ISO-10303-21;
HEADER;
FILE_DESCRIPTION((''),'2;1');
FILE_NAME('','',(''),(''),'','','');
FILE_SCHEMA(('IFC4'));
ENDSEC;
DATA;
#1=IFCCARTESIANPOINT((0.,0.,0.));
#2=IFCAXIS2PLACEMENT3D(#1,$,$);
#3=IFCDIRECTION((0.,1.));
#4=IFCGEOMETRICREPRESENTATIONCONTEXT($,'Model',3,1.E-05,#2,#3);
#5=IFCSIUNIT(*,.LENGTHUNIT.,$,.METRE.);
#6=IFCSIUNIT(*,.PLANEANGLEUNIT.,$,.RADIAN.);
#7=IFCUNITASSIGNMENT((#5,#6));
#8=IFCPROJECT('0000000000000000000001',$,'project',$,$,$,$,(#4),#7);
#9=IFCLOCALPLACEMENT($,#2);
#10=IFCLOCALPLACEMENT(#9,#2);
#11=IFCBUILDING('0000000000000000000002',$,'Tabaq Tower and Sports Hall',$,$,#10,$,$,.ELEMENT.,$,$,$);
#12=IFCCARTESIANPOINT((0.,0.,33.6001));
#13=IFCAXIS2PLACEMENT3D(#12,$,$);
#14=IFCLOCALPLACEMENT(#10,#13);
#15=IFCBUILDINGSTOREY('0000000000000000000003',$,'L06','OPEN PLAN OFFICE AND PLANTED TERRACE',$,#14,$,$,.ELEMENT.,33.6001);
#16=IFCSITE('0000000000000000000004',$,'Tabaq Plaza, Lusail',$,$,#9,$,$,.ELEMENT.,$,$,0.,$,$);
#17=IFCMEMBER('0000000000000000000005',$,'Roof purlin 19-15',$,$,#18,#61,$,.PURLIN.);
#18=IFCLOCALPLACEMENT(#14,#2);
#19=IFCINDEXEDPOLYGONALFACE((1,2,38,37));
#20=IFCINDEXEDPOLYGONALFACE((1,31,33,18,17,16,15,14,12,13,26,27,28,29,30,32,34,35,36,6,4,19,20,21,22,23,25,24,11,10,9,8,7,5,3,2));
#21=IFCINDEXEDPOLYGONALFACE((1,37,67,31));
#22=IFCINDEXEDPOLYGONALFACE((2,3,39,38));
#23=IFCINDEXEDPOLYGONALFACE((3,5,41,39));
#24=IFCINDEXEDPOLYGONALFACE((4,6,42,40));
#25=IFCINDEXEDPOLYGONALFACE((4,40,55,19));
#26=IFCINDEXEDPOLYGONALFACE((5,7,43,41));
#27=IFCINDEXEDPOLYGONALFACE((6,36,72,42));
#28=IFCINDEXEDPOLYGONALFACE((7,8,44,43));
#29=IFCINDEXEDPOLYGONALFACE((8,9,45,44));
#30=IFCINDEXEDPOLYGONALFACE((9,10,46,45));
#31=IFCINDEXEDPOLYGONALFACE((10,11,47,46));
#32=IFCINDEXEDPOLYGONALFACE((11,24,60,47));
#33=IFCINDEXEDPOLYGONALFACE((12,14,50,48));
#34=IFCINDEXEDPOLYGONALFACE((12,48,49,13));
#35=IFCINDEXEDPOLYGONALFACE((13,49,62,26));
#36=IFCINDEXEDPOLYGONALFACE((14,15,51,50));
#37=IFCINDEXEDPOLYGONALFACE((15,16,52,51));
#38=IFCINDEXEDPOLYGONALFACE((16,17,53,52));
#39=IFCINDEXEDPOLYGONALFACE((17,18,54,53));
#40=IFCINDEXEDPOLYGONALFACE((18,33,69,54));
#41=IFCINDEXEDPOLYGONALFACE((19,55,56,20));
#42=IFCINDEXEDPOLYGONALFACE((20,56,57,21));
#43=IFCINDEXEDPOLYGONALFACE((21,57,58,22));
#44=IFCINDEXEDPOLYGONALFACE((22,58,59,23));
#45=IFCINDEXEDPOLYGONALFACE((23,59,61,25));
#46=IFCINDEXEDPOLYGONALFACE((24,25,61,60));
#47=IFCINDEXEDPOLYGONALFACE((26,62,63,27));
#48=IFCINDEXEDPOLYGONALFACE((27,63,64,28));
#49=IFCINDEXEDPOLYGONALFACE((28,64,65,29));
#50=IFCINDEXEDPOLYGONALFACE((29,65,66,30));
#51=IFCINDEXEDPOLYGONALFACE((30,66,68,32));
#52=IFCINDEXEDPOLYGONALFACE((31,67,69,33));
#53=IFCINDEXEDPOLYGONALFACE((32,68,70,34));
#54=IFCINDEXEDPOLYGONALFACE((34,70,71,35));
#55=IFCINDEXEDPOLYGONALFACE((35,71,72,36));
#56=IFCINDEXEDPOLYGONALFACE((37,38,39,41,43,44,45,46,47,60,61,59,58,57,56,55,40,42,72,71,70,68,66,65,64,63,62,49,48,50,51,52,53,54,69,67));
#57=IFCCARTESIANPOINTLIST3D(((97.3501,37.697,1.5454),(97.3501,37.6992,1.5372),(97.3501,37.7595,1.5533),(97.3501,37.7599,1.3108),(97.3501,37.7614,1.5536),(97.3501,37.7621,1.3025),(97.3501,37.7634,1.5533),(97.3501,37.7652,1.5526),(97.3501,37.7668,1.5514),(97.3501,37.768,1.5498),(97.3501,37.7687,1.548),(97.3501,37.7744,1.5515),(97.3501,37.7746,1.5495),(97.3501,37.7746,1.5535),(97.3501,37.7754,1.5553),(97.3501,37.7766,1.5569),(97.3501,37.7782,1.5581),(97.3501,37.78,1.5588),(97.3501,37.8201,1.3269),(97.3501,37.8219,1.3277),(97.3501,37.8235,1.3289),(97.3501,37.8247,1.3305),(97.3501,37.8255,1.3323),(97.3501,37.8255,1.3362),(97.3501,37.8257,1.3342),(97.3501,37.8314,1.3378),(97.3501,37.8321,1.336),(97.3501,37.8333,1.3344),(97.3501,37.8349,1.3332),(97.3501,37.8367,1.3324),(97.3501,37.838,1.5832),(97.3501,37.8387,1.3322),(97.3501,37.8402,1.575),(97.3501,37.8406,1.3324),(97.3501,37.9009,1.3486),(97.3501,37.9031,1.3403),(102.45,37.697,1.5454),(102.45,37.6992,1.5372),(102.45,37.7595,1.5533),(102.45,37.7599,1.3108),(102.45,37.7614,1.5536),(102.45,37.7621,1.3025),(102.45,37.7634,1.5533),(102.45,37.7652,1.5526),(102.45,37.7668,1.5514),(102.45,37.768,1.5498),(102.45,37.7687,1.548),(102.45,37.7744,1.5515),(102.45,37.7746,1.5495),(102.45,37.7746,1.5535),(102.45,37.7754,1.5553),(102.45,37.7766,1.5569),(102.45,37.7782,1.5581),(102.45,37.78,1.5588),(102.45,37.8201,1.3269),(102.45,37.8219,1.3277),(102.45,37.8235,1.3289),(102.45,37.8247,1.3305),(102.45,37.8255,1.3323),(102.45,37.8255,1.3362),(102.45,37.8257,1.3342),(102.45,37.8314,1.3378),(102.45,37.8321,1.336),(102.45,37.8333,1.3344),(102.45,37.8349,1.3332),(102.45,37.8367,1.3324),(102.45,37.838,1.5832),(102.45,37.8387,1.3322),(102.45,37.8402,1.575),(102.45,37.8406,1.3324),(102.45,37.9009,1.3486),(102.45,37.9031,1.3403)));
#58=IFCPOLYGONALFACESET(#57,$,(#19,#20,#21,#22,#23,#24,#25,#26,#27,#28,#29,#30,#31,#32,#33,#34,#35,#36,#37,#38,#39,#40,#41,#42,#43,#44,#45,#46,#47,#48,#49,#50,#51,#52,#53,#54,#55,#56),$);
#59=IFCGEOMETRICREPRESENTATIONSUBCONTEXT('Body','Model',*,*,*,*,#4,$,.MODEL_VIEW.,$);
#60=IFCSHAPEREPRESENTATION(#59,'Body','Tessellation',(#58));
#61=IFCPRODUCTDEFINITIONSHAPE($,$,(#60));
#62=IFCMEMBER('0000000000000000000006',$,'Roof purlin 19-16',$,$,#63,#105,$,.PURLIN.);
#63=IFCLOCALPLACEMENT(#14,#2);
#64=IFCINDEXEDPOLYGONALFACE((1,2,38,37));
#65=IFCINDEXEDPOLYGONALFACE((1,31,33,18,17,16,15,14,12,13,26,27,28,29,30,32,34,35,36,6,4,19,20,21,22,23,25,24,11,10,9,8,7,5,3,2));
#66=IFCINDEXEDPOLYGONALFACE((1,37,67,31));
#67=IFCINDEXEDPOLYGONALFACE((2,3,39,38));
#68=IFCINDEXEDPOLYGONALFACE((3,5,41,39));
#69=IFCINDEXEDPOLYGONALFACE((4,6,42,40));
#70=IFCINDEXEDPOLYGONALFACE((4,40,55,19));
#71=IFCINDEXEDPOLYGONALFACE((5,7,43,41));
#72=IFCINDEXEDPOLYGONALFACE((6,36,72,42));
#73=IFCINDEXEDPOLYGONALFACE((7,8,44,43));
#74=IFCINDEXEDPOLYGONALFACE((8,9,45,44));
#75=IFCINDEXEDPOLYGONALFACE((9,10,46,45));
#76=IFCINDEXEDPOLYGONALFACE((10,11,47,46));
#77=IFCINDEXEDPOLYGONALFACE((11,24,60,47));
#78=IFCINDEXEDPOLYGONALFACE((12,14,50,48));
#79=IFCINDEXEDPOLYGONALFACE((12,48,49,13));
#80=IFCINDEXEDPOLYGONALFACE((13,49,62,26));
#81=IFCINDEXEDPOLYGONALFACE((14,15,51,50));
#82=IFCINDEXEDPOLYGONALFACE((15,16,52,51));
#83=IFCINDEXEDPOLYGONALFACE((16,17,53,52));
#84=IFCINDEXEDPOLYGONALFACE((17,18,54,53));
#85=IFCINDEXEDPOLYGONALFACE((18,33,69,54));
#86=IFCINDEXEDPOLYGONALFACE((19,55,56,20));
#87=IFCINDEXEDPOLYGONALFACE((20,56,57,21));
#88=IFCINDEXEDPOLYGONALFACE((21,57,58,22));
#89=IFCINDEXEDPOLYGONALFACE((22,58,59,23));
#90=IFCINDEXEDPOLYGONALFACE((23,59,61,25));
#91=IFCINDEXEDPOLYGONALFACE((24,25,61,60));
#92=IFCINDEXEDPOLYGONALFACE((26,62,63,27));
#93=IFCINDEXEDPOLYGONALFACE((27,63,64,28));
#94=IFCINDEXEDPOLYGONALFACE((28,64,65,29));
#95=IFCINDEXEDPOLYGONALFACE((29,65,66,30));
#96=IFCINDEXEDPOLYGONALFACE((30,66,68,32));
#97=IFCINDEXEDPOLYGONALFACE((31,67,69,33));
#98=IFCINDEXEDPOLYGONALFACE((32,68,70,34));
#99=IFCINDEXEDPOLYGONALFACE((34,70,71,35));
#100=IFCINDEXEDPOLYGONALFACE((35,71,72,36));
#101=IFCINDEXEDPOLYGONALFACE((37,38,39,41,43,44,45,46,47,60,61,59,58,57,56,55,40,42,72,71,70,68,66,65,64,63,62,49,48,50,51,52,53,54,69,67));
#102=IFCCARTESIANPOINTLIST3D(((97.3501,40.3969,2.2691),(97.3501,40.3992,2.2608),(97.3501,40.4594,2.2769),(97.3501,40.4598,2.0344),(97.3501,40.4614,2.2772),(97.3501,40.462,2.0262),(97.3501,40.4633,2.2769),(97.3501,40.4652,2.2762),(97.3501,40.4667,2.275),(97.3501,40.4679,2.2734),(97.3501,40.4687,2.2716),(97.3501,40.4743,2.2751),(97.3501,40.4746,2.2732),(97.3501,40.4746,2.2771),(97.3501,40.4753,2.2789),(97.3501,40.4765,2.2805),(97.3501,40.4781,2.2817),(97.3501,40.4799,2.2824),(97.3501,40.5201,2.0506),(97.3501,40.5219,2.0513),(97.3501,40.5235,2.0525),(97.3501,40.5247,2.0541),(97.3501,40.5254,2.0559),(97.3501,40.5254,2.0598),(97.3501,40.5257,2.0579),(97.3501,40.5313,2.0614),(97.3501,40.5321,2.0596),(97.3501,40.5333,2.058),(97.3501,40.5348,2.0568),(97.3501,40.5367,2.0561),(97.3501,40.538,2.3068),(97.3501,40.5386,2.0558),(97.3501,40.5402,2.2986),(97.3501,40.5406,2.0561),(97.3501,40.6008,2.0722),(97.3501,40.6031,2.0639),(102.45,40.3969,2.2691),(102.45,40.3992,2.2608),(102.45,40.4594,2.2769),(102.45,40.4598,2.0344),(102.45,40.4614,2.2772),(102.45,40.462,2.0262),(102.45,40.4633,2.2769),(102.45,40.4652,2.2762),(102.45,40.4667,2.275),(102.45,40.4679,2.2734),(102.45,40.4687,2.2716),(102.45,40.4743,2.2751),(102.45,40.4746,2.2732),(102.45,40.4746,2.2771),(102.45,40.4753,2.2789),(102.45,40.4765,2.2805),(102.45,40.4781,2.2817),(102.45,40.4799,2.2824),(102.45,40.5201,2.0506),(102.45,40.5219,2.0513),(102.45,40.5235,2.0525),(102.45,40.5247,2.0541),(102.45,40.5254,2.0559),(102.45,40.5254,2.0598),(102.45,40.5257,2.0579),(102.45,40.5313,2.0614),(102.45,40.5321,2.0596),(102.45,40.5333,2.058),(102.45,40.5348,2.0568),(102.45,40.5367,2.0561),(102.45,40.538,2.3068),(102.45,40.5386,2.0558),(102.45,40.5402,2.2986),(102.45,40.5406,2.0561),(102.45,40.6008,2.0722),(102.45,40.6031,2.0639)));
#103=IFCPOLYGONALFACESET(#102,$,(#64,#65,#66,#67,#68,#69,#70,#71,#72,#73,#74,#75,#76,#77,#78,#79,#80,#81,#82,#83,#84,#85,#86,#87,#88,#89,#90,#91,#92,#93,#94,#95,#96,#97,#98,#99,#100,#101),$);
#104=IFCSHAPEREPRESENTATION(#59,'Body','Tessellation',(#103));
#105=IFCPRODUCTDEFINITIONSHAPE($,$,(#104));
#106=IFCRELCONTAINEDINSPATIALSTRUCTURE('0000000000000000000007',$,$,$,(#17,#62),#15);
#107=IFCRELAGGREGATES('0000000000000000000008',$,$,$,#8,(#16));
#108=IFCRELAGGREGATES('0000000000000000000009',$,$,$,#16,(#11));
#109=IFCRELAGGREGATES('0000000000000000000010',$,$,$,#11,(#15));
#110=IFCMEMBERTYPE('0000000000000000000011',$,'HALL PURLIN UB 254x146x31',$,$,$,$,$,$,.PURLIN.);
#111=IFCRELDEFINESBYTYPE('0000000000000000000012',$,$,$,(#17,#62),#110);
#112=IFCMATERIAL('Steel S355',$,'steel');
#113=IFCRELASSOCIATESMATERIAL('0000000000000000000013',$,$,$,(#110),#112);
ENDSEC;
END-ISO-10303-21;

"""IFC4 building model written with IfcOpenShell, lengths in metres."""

from ifc_helpers import new_model, si_unit, direction, frame, origin, origin_2d, place, context, subcontext, project, spatial, i_section, extrude, material, material_profile, profile_set, type_object, element, save


model = new_model("IFC4")

# Units and contexts
model_context = context("Model", 3, precision=1e-05, world=origin(), true_north=direction((0.0, 1.0)))
body_context = subcontext(model_context, "Body", "Model", "MODEL_VIEW")
ifc_project = project(units=[si_unit("LENGTHUNIT", "METRE"), si_unit("PLANEANGLEUNIT", "RADIAN")], contexts=[model_context])

# Site, building, storey
site_placement = place(None, origin())
site = spatial("IfcSite", under=ifc_project, at=site_placement, Name="Tabaq Plaza, Lusail", CompositionType="ELEMENT", RefElevation=0.0)
building_placement = place(site_placement, origin())
building = spatial("IfcBuilding", under=site, at=building_placement, Name="Tabaq Tower and Sports Hall", CompositionType="ELEMENT")
storey_placement = place(building_placement, frame((0.0, 0.0, 33.6001)))
storey = spatial("IfcBuildingStorey", under=building, at=storey_placement, Name="L06", Description="OPEN PLAN OFFICE AND PLANTED TERRACE", CompositionType="ELEMENT", Elevation=33.6001)

# Members
ifc_material_1 = material(Name="Steel S355", Category="steel")
ifc_material_profile_1 = material_profile(ifc_material_1, i_section(OverallWidth=0.146, OverallDepth=0.2515, WebThickness=0.0061, FlangeThickness=0.0085, FilletRadius=0.0076, at=origin_2d()), Name="UB 254x146x31")
ifc_profile_set_1 = profile_set([ifc_material_profile_1], Name="Steel S355")
member_type = type_object("IfcMemberType", Name="HALL PURLIN UB 254x146x31", PredefinedType="PURLIN", material=ifc_profile_set_1)
for number, where, z_axis, x_axis, name in (
    (1, (97.3501, 37.8, 1.4429), (1.0, 0.0, 0.0), (0.0, 0.965926, 0.258819), "Roof purlin 19-15"),
    (2, (97.3501, 40.5, 2.1665), (1.0, 0.0, 0.0), (0.0, 0.965926, 0.258819), "Roof purlin 19-16"),
):
    element("IfcMember", number, at=place(storey_placement, frame(where, z_axis=z_axis, x_axis=x_axis)), inside=storey, type_object=member_type, Name=name, PredefinedType="PURLIN", context=body_context, shape_type="SweptSolid", body=[
        extrude(i_section(OverallWidth=0.146, OverallDepth=0.2515, WebThickness=0.0061, FlangeThickness=0.0085, FilletRadius=0.0076, at=origin_2d()), origin(), (0.0, 0.0, 1.0), 5.0999),
    ])

save(model, "model.ifc")
